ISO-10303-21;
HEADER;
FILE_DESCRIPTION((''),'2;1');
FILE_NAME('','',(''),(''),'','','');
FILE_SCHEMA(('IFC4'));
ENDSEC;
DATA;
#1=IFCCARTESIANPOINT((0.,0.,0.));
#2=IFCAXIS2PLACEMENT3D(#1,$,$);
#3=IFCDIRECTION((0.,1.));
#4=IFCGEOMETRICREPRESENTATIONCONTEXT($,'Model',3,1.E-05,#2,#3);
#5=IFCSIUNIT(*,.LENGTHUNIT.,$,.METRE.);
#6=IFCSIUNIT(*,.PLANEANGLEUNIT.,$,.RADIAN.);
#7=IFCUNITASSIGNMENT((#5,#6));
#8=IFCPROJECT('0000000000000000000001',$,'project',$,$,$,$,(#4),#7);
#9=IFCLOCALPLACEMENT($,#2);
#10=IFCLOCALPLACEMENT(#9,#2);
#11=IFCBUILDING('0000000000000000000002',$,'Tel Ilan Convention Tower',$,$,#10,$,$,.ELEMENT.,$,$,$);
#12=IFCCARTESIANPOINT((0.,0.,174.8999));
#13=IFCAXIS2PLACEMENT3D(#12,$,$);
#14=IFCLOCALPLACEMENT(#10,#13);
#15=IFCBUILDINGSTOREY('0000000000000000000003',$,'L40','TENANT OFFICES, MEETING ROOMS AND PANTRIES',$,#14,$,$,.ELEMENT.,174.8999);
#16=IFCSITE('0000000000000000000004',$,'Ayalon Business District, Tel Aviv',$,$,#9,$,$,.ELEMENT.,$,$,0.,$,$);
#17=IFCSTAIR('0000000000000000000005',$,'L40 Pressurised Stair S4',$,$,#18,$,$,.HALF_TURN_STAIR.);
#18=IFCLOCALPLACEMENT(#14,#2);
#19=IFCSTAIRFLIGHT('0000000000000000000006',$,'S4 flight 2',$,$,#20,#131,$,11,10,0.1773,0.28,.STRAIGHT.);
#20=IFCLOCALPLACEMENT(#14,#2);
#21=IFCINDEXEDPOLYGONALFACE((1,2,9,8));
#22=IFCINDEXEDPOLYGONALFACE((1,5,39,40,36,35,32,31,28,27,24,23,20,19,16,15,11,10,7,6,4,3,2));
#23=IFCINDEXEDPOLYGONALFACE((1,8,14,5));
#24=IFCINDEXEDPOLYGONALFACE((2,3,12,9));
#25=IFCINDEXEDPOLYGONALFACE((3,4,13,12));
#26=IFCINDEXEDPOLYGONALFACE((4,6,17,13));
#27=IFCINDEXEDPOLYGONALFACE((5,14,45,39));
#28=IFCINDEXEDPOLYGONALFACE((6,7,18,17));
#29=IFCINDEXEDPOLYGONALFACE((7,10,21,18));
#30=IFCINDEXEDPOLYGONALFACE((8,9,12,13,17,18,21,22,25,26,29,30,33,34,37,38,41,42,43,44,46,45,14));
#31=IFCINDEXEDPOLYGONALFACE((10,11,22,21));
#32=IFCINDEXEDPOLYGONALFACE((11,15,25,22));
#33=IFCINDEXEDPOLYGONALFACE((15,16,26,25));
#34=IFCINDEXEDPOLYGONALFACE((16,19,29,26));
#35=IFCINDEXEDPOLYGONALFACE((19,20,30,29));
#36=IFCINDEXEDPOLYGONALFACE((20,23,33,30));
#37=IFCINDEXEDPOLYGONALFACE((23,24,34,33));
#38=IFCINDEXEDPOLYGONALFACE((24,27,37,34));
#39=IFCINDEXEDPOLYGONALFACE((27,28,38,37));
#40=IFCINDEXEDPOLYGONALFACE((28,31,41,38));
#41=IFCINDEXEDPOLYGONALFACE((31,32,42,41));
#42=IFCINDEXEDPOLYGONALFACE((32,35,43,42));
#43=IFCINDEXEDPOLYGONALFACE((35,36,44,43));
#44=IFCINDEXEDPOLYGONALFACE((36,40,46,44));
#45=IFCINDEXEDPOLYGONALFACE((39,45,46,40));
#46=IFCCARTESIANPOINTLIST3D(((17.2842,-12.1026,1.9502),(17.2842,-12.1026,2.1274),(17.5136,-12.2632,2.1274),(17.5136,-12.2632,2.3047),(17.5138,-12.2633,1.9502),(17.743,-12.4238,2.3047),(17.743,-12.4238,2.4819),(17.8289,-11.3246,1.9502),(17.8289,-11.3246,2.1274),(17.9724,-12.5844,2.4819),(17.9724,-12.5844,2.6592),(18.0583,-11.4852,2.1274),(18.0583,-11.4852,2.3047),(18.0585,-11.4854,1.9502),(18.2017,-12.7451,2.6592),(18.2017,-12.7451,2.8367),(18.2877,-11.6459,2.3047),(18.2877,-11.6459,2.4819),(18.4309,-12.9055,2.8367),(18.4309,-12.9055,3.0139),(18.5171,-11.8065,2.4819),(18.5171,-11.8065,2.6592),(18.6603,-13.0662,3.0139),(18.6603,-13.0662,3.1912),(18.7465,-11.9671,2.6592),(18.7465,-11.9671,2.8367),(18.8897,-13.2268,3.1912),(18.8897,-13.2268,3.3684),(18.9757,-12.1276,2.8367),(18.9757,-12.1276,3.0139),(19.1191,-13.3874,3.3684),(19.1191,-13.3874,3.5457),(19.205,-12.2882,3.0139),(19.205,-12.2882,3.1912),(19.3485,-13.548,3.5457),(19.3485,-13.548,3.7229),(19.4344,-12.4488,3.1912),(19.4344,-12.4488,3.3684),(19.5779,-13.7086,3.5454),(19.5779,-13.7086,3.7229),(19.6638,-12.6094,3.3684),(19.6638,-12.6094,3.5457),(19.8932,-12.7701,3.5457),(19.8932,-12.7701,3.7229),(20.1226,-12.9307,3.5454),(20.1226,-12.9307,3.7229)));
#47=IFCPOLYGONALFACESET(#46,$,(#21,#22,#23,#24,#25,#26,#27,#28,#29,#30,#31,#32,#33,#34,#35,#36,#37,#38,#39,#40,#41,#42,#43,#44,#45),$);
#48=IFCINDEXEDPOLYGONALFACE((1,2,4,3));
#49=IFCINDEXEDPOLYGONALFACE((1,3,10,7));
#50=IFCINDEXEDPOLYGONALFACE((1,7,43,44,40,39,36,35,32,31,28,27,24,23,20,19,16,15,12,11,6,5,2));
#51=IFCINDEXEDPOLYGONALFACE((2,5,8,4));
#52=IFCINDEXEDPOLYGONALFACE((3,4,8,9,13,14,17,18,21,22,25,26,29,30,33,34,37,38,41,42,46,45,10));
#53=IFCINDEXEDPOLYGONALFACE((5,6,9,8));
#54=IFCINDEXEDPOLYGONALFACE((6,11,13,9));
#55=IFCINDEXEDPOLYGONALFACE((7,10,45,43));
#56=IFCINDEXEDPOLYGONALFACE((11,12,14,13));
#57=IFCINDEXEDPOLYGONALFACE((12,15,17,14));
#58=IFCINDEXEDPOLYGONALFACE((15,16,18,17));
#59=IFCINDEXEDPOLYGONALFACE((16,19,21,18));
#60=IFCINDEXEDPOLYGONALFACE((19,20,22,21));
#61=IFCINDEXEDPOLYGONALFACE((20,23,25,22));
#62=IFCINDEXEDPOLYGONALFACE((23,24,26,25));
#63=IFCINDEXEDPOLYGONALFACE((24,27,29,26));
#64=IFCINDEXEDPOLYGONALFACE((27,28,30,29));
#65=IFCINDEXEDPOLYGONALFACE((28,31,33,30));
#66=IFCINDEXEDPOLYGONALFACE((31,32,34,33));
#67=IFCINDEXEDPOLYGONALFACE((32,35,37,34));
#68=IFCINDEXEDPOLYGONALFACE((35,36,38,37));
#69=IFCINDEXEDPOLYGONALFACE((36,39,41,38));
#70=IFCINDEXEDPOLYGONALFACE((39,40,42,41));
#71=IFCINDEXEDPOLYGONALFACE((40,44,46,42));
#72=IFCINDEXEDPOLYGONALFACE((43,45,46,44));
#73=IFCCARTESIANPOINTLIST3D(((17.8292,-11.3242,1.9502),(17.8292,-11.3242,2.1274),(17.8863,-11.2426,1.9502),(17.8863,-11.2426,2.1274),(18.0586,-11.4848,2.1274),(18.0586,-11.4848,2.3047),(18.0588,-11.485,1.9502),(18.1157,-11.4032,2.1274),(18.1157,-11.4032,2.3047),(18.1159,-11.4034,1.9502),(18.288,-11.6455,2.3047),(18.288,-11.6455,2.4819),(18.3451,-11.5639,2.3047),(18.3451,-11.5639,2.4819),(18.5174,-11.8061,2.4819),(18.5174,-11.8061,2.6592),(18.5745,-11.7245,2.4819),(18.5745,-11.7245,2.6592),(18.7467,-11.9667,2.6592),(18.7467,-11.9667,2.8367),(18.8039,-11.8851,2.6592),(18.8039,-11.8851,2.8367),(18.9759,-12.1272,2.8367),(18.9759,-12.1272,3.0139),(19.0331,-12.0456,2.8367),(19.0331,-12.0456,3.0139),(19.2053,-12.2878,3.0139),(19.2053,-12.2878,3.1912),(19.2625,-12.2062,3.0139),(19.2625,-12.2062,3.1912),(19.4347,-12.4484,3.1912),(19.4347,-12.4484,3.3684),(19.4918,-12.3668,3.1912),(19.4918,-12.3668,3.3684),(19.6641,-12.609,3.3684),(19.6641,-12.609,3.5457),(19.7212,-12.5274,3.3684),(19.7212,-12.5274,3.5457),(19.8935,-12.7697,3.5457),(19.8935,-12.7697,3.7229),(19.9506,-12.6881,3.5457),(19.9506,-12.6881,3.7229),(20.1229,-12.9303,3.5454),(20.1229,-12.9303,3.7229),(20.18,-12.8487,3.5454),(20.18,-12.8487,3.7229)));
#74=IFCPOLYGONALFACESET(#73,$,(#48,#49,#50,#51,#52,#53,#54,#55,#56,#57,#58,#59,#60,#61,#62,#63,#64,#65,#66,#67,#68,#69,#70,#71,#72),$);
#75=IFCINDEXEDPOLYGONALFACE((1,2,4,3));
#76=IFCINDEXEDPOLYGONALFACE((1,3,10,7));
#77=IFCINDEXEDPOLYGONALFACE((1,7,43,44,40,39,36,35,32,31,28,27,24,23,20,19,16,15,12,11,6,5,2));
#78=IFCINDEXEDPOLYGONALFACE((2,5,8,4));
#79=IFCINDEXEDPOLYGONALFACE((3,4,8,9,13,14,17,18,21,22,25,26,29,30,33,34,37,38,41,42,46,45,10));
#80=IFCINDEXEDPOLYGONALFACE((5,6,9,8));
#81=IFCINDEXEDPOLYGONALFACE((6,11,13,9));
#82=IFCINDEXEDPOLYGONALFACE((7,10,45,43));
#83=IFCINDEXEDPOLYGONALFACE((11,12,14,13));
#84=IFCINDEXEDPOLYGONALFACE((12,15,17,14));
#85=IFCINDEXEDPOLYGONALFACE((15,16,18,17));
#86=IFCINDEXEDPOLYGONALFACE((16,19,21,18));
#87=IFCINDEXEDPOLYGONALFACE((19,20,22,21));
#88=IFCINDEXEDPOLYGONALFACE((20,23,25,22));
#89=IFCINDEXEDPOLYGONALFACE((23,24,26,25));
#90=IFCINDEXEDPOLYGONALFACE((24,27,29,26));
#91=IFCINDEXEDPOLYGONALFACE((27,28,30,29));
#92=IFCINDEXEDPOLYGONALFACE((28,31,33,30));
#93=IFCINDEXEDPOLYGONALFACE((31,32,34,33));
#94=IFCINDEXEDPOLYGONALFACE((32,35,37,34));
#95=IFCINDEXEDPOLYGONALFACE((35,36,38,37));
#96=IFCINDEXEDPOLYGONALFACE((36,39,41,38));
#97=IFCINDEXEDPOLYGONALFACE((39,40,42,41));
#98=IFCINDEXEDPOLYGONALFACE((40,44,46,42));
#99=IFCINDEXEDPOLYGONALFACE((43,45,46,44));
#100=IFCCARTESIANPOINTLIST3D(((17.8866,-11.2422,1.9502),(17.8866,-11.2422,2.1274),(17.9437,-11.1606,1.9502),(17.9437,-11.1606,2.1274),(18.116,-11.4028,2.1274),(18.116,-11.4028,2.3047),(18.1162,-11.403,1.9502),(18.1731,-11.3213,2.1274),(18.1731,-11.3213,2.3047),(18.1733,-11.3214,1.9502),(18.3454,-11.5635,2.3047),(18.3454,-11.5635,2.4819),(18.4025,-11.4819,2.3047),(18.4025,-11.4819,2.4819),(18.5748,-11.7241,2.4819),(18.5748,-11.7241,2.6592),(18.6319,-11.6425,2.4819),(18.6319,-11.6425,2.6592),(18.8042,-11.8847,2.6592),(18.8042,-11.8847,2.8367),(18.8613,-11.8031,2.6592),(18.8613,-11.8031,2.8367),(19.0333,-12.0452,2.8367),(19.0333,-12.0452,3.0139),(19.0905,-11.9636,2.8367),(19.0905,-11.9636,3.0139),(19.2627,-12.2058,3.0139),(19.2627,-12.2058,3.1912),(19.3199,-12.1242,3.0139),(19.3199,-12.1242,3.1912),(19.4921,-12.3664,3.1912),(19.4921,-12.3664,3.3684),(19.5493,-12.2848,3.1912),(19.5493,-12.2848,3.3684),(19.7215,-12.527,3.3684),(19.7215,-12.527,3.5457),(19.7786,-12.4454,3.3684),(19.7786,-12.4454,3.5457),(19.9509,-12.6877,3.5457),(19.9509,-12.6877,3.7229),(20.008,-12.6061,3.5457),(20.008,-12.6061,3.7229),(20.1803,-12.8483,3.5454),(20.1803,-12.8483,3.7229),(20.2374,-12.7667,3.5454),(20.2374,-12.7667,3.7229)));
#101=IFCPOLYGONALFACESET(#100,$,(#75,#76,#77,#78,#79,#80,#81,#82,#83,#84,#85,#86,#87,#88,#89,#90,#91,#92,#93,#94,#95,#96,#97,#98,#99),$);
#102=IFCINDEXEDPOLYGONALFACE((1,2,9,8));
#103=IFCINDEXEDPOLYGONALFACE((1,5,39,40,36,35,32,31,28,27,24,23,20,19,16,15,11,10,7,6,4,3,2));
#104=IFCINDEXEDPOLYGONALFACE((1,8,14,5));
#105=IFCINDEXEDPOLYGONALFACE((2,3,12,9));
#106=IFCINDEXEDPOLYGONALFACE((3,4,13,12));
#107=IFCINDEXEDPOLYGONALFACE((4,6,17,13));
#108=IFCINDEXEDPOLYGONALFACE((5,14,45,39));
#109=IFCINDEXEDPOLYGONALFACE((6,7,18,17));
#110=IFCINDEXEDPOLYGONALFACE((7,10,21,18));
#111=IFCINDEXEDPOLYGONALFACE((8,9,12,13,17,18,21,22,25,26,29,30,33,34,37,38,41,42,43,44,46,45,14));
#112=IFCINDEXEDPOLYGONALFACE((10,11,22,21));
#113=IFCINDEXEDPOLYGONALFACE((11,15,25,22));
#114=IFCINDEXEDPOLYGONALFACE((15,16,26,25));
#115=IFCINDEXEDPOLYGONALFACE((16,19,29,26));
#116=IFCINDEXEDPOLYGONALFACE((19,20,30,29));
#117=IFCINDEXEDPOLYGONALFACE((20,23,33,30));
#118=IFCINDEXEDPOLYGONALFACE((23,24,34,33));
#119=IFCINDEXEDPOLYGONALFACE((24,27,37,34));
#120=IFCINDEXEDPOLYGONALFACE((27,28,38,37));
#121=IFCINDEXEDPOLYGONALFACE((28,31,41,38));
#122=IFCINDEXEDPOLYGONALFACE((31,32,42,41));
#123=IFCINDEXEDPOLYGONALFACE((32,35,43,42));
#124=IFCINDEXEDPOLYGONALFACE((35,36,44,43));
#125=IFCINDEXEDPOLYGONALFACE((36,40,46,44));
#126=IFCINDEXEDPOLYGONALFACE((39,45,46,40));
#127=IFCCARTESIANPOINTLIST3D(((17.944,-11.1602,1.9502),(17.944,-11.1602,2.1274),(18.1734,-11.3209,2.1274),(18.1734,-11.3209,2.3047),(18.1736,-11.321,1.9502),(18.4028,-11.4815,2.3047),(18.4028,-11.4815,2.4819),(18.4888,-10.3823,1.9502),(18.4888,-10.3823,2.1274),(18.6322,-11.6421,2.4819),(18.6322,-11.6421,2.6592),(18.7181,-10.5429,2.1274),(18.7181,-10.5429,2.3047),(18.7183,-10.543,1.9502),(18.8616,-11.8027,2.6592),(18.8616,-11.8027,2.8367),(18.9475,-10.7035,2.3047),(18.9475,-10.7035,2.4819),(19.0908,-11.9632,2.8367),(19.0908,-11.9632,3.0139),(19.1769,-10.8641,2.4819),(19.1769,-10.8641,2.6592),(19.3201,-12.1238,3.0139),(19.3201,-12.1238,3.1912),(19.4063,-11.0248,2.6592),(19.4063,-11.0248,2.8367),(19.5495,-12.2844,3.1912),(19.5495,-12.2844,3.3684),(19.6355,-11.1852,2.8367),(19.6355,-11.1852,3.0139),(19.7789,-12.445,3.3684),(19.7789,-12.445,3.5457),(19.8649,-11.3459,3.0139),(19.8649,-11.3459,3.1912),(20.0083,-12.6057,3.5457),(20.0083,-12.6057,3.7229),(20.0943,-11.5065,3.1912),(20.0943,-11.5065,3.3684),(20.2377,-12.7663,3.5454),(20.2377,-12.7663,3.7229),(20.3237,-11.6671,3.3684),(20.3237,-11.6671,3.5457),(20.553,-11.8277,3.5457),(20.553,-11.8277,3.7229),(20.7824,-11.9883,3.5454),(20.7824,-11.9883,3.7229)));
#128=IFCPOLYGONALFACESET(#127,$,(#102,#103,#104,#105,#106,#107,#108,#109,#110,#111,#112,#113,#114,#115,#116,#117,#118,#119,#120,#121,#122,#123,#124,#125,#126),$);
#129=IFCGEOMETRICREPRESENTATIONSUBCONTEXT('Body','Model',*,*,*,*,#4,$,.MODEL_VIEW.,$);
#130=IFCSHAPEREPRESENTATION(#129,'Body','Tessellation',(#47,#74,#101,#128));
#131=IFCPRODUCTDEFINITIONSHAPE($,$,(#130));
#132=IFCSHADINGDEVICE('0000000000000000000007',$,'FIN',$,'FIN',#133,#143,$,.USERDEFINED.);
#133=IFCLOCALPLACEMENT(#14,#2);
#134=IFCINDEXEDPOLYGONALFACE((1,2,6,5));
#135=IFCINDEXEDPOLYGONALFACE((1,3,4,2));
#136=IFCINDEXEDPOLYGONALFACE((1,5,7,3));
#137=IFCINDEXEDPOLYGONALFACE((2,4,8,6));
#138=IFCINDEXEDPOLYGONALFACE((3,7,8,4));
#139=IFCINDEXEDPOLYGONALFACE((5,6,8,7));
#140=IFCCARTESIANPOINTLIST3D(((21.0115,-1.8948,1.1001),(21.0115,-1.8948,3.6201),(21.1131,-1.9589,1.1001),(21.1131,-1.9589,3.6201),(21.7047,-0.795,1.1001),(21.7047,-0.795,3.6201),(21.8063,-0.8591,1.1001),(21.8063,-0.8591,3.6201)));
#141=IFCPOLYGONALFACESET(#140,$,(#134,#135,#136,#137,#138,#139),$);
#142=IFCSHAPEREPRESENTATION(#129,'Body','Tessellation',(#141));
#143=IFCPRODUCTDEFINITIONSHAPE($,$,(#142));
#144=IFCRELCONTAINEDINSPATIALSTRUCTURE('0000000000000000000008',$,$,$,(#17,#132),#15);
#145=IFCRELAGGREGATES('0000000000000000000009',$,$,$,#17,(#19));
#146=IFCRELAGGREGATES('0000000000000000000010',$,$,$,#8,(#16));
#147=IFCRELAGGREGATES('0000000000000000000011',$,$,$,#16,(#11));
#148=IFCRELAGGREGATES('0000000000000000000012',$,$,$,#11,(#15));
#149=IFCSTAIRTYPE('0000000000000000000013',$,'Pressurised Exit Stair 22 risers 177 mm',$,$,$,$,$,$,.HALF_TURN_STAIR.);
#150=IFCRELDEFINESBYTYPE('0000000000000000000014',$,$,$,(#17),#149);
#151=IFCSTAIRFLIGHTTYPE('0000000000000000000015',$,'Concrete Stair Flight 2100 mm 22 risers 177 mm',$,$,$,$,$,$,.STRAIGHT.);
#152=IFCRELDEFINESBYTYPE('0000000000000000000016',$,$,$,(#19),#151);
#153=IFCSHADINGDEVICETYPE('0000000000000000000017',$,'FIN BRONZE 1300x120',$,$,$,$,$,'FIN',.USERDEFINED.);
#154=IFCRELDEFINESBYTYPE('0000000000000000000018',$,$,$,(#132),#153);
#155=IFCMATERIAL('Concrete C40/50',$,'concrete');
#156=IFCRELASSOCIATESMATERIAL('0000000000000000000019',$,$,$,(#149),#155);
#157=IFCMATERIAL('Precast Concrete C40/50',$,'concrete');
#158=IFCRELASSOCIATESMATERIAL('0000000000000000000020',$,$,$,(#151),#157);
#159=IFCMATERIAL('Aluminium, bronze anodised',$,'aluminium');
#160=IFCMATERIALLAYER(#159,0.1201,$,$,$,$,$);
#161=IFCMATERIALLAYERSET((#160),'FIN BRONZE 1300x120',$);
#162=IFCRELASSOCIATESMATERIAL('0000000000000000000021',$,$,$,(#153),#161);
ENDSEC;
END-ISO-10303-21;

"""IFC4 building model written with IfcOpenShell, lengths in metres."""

from ifc_helpers import new_model, si_unit, direction, frame, origin, origin_2d, place, context, subcontext, project, spatial, polyline, rectangle, outline, extrude, material, layer, layer_set, type_object, element, aggregate, save


model = new_model("IFC4")

# Units and contexts
model_context = context("Model", 3, precision=1e-05, world=origin(), true_north=direction((0.0, 1.0)))
body_context = subcontext(model_context, "Body", "Model", "MODEL_VIEW")
ifc_project = project(units=[si_unit("LENGTHUNIT", "METRE"), si_unit("PLANEANGLEUNIT", "RADIAN")], contexts=[model_context])

# Site, building, storey
site_placement = place(None, origin())
site = spatial("IfcSite", under=ifc_project, at=site_placement, Name="Ayalon Business District, Tel Aviv", CompositionType="ELEMENT", RefElevation=0.0)
building_placement = place(site_placement, origin())
building = spatial("IfcBuilding", under=site, at=building_placement, Name="Tel Ilan Convention Tower", CompositionType="ELEMENT")
storey_placement = place(building_placement, frame((0.0, 0.0, 174.8999)))
storey = spatial("IfcBuildingStorey", under=building, at=storey_placement, Name="L40", Description="TENANT OFFICES, MEETING ROOMS AND PANTRIES", CompositionType="ELEMENT", Elevation=174.8999)

# Shared definitions
ifc_material_1 = material(Name="Concrete C40/50", Category="concrete")
stair_type = type_object("IfcStairType", Name="Pressurised Exit Stair 22 risers 177 mm", PredefinedType="HALF_TURN_STAIR", material=ifc_material_1)
ifc_material_2 = material(Name="Precast Concrete C40/50", Category="concrete")
stair_flight_type = type_object("IfcStairFlightType", Name="Concrete Stair Flight 2100 mm 22 risers 177 mm", PredefinedType="STRAIGHT", material=ifc_material_2)

# Stair, stair flight
stair_1_placement = place(storey_placement, origin())
stair_1 = element("IfcStair", 1, at=stair_1_placement, inside=storey, type_object=stair_type, Name="L40 Pressurised Stair S4", PredefinedType="HALF_TURN_STAIR")
stair_flight_1_placement = place(storey_placement, frame((17.8865, -11.2424, 1.9502), z_axis=(0.0, 0.0, 1.0), x_axis=(0.819152, -0.573576, 0.0)))
stair_flight_1 = element("IfcStairFlight", 2, at=stair_flight_1_placement, type_object=stair_flight_type, Name="S4 flight 2", NumberOfRisers=11, NumberOfTreads=10, PredefinedType="STRAIGHT", RiserHeight=0.1773, TreadLength=0.28, context=body_context, shape_type="SweptSolid", body=[
    extrude(outline(polyline([(0.0, 0.0), (0.0, 0.1772), (0.28, 0.1772), (0.28, 0.3545), (0.5601, 0.3545), (0.5601, 0.5317), (0.8401, 0.5317), (0.8401, 0.709), (1.1201, 0.709), (1.1201, 0.8865), (1.3999, 0.8865), (1.3999, 1.0637), (1.6799, 1.0637), (1.6799, 1.241), (1.96, 1.241), (1.96, 1.4182), (2.24, 1.4182), (2.24, 1.5955), (2.52, 1.5955), (2.52, 1.7727), (2.8, 1.7727), (2.8, 1.95), (2.8, 1.5952), (0.2803, 0.0), (0.0, 0.0)])), frame((0.0, -0.1003, 0.0), z_axis=(0.0, -1.0, 0.0), x_axis=(1.0, 0.0, 0.0)), (0.0, 0.0, 1.0), 0.9497),
    extrude(outline(polyline([(0.0, 0.0), (0.0, 0.1772), (0.28, 0.1772), (0.28, 0.3545), (0.5601, 0.3545), (0.5601, 0.5317), (0.8401, 0.5317), (0.8401, 0.709), (1.1201, 0.709), (1.1201, 0.8865), (1.3999, 0.8865), (1.3999, 1.0637), (1.6799, 1.0637), (1.6799, 1.241), (1.96, 1.241), (1.96, 1.4182), (2.24, 1.4182), (2.24, 1.5955), (2.52, 1.5955), (2.52, 1.7727), (2.8, 1.7727), (2.8, 1.95), (2.8, 1.5952), (0.2803, 0.0), (0.0, 0.0)])), frame((0.0, -0.0002, 0.0), z_axis=(0.0, -1.0, 0.0), x_axis=(1.0, 0.0, 0.0)), (0.0, 0.0, 1.0), 0.0996),
    extrude(outline(polyline([(0.0, 0.0), (0.0, 0.1772), (0.28, 0.1772), (0.28, 0.3545), (0.5601, 0.3545), (0.5601, 0.5317), (0.8401, 0.5317), (0.8401, 0.709), (1.1201, 0.709), (1.1201, 0.8865), (1.3999, 0.8865), (1.3999, 1.0637), (1.6799, 1.0637), (1.6799, 1.241), (1.96, 1.241), (1.96, 1.4182), (2.24, 1.4182), (2.24, 1.5955), (2.52, 1.5955), (2.52, 1.7727), (2.8, 1.7727), (2.8, 1.95), (2.8, 1.5952), (0.2803, 0.0), (0.0, 0.0)])), frame((0.0, 0.0999, 0.0), z_axis=(0.0, -1.0, 0.0), x_axis=(1.0, 0.0, 0.0)), (0.0, 0.0, 1.0), 0.0996),
    extrude(outline(polyline([(0.0, 0.0), (0.0, 0.1772), (0.28, 0.1772), (0.28, 0.3545), (0.5601, 0.3545), (0.5601, 0.5317), (0.8401, 0.5317), (0.8401, 0.709), (1.1201, 0.709), (1.1201, 0.8865), (1.3999, 0.8865), (1.3999, 1.0637), (1.6799, 1.0637), (1.6799, 1.241), (1.96, 1.241), (1.96, 1.4182), (2.24, 1.4182), (2.24, 1.5955), (2.52, 1.5955), (2.52, 1.7727), (2.8, 1.7727), (2.8, 1.95), (2.8, 1.5952), (0.2803, 0.0), (0.0, 0.0)])), frame((0.0, 1.05, 0.0), z_axis=(0.0, -1.0, 0.0), x_axis=(1.0, 0.0, 0.0)), (0.0, 0.0, 1.0), 0.9497),
])
aggregate(stair_1, [stair_flight_1])

# Shading device
ifc_material_3 = material(Name="Aluminium, bronze anodised", Category="aluminium")
ifc_layer_1 = layer(ifc_material_3, 0.1201)
ifc_layer_set_1 = layer_set([ifc_layer_1], Name="FIN BRONZE 1300x120")
shading_device_type = type_object("IfcShadingDeviceType", Name="FIN BRONZE 1300x120", ElementType="FIN", PredefinedType="USERDEFINED", material=ifc_layer_set_1)
shading_device_placement = place(storey_placement, frame((21.4089, -1.377, 1.1001), z_axis=(0.0, 0.0, 1.0), x_axis=(0.533204, 0.845986, 0.0)))
element("IfcShadingDevice", 3, at=shading_device_placement, inside=storey, type_object=shading_device_type, Name="FIN", ObjectType="FIN", PredefinedType="USERDEFINED", context=body_context, shape_type="SweptSolid", body=[
    extrude(rectangle(XDim=1.3, YDim=0.1201, at=origin_2d()), origin(), (0.0, 0.0, 1.0), 2.52),
])

save(model, "model.ifc")
